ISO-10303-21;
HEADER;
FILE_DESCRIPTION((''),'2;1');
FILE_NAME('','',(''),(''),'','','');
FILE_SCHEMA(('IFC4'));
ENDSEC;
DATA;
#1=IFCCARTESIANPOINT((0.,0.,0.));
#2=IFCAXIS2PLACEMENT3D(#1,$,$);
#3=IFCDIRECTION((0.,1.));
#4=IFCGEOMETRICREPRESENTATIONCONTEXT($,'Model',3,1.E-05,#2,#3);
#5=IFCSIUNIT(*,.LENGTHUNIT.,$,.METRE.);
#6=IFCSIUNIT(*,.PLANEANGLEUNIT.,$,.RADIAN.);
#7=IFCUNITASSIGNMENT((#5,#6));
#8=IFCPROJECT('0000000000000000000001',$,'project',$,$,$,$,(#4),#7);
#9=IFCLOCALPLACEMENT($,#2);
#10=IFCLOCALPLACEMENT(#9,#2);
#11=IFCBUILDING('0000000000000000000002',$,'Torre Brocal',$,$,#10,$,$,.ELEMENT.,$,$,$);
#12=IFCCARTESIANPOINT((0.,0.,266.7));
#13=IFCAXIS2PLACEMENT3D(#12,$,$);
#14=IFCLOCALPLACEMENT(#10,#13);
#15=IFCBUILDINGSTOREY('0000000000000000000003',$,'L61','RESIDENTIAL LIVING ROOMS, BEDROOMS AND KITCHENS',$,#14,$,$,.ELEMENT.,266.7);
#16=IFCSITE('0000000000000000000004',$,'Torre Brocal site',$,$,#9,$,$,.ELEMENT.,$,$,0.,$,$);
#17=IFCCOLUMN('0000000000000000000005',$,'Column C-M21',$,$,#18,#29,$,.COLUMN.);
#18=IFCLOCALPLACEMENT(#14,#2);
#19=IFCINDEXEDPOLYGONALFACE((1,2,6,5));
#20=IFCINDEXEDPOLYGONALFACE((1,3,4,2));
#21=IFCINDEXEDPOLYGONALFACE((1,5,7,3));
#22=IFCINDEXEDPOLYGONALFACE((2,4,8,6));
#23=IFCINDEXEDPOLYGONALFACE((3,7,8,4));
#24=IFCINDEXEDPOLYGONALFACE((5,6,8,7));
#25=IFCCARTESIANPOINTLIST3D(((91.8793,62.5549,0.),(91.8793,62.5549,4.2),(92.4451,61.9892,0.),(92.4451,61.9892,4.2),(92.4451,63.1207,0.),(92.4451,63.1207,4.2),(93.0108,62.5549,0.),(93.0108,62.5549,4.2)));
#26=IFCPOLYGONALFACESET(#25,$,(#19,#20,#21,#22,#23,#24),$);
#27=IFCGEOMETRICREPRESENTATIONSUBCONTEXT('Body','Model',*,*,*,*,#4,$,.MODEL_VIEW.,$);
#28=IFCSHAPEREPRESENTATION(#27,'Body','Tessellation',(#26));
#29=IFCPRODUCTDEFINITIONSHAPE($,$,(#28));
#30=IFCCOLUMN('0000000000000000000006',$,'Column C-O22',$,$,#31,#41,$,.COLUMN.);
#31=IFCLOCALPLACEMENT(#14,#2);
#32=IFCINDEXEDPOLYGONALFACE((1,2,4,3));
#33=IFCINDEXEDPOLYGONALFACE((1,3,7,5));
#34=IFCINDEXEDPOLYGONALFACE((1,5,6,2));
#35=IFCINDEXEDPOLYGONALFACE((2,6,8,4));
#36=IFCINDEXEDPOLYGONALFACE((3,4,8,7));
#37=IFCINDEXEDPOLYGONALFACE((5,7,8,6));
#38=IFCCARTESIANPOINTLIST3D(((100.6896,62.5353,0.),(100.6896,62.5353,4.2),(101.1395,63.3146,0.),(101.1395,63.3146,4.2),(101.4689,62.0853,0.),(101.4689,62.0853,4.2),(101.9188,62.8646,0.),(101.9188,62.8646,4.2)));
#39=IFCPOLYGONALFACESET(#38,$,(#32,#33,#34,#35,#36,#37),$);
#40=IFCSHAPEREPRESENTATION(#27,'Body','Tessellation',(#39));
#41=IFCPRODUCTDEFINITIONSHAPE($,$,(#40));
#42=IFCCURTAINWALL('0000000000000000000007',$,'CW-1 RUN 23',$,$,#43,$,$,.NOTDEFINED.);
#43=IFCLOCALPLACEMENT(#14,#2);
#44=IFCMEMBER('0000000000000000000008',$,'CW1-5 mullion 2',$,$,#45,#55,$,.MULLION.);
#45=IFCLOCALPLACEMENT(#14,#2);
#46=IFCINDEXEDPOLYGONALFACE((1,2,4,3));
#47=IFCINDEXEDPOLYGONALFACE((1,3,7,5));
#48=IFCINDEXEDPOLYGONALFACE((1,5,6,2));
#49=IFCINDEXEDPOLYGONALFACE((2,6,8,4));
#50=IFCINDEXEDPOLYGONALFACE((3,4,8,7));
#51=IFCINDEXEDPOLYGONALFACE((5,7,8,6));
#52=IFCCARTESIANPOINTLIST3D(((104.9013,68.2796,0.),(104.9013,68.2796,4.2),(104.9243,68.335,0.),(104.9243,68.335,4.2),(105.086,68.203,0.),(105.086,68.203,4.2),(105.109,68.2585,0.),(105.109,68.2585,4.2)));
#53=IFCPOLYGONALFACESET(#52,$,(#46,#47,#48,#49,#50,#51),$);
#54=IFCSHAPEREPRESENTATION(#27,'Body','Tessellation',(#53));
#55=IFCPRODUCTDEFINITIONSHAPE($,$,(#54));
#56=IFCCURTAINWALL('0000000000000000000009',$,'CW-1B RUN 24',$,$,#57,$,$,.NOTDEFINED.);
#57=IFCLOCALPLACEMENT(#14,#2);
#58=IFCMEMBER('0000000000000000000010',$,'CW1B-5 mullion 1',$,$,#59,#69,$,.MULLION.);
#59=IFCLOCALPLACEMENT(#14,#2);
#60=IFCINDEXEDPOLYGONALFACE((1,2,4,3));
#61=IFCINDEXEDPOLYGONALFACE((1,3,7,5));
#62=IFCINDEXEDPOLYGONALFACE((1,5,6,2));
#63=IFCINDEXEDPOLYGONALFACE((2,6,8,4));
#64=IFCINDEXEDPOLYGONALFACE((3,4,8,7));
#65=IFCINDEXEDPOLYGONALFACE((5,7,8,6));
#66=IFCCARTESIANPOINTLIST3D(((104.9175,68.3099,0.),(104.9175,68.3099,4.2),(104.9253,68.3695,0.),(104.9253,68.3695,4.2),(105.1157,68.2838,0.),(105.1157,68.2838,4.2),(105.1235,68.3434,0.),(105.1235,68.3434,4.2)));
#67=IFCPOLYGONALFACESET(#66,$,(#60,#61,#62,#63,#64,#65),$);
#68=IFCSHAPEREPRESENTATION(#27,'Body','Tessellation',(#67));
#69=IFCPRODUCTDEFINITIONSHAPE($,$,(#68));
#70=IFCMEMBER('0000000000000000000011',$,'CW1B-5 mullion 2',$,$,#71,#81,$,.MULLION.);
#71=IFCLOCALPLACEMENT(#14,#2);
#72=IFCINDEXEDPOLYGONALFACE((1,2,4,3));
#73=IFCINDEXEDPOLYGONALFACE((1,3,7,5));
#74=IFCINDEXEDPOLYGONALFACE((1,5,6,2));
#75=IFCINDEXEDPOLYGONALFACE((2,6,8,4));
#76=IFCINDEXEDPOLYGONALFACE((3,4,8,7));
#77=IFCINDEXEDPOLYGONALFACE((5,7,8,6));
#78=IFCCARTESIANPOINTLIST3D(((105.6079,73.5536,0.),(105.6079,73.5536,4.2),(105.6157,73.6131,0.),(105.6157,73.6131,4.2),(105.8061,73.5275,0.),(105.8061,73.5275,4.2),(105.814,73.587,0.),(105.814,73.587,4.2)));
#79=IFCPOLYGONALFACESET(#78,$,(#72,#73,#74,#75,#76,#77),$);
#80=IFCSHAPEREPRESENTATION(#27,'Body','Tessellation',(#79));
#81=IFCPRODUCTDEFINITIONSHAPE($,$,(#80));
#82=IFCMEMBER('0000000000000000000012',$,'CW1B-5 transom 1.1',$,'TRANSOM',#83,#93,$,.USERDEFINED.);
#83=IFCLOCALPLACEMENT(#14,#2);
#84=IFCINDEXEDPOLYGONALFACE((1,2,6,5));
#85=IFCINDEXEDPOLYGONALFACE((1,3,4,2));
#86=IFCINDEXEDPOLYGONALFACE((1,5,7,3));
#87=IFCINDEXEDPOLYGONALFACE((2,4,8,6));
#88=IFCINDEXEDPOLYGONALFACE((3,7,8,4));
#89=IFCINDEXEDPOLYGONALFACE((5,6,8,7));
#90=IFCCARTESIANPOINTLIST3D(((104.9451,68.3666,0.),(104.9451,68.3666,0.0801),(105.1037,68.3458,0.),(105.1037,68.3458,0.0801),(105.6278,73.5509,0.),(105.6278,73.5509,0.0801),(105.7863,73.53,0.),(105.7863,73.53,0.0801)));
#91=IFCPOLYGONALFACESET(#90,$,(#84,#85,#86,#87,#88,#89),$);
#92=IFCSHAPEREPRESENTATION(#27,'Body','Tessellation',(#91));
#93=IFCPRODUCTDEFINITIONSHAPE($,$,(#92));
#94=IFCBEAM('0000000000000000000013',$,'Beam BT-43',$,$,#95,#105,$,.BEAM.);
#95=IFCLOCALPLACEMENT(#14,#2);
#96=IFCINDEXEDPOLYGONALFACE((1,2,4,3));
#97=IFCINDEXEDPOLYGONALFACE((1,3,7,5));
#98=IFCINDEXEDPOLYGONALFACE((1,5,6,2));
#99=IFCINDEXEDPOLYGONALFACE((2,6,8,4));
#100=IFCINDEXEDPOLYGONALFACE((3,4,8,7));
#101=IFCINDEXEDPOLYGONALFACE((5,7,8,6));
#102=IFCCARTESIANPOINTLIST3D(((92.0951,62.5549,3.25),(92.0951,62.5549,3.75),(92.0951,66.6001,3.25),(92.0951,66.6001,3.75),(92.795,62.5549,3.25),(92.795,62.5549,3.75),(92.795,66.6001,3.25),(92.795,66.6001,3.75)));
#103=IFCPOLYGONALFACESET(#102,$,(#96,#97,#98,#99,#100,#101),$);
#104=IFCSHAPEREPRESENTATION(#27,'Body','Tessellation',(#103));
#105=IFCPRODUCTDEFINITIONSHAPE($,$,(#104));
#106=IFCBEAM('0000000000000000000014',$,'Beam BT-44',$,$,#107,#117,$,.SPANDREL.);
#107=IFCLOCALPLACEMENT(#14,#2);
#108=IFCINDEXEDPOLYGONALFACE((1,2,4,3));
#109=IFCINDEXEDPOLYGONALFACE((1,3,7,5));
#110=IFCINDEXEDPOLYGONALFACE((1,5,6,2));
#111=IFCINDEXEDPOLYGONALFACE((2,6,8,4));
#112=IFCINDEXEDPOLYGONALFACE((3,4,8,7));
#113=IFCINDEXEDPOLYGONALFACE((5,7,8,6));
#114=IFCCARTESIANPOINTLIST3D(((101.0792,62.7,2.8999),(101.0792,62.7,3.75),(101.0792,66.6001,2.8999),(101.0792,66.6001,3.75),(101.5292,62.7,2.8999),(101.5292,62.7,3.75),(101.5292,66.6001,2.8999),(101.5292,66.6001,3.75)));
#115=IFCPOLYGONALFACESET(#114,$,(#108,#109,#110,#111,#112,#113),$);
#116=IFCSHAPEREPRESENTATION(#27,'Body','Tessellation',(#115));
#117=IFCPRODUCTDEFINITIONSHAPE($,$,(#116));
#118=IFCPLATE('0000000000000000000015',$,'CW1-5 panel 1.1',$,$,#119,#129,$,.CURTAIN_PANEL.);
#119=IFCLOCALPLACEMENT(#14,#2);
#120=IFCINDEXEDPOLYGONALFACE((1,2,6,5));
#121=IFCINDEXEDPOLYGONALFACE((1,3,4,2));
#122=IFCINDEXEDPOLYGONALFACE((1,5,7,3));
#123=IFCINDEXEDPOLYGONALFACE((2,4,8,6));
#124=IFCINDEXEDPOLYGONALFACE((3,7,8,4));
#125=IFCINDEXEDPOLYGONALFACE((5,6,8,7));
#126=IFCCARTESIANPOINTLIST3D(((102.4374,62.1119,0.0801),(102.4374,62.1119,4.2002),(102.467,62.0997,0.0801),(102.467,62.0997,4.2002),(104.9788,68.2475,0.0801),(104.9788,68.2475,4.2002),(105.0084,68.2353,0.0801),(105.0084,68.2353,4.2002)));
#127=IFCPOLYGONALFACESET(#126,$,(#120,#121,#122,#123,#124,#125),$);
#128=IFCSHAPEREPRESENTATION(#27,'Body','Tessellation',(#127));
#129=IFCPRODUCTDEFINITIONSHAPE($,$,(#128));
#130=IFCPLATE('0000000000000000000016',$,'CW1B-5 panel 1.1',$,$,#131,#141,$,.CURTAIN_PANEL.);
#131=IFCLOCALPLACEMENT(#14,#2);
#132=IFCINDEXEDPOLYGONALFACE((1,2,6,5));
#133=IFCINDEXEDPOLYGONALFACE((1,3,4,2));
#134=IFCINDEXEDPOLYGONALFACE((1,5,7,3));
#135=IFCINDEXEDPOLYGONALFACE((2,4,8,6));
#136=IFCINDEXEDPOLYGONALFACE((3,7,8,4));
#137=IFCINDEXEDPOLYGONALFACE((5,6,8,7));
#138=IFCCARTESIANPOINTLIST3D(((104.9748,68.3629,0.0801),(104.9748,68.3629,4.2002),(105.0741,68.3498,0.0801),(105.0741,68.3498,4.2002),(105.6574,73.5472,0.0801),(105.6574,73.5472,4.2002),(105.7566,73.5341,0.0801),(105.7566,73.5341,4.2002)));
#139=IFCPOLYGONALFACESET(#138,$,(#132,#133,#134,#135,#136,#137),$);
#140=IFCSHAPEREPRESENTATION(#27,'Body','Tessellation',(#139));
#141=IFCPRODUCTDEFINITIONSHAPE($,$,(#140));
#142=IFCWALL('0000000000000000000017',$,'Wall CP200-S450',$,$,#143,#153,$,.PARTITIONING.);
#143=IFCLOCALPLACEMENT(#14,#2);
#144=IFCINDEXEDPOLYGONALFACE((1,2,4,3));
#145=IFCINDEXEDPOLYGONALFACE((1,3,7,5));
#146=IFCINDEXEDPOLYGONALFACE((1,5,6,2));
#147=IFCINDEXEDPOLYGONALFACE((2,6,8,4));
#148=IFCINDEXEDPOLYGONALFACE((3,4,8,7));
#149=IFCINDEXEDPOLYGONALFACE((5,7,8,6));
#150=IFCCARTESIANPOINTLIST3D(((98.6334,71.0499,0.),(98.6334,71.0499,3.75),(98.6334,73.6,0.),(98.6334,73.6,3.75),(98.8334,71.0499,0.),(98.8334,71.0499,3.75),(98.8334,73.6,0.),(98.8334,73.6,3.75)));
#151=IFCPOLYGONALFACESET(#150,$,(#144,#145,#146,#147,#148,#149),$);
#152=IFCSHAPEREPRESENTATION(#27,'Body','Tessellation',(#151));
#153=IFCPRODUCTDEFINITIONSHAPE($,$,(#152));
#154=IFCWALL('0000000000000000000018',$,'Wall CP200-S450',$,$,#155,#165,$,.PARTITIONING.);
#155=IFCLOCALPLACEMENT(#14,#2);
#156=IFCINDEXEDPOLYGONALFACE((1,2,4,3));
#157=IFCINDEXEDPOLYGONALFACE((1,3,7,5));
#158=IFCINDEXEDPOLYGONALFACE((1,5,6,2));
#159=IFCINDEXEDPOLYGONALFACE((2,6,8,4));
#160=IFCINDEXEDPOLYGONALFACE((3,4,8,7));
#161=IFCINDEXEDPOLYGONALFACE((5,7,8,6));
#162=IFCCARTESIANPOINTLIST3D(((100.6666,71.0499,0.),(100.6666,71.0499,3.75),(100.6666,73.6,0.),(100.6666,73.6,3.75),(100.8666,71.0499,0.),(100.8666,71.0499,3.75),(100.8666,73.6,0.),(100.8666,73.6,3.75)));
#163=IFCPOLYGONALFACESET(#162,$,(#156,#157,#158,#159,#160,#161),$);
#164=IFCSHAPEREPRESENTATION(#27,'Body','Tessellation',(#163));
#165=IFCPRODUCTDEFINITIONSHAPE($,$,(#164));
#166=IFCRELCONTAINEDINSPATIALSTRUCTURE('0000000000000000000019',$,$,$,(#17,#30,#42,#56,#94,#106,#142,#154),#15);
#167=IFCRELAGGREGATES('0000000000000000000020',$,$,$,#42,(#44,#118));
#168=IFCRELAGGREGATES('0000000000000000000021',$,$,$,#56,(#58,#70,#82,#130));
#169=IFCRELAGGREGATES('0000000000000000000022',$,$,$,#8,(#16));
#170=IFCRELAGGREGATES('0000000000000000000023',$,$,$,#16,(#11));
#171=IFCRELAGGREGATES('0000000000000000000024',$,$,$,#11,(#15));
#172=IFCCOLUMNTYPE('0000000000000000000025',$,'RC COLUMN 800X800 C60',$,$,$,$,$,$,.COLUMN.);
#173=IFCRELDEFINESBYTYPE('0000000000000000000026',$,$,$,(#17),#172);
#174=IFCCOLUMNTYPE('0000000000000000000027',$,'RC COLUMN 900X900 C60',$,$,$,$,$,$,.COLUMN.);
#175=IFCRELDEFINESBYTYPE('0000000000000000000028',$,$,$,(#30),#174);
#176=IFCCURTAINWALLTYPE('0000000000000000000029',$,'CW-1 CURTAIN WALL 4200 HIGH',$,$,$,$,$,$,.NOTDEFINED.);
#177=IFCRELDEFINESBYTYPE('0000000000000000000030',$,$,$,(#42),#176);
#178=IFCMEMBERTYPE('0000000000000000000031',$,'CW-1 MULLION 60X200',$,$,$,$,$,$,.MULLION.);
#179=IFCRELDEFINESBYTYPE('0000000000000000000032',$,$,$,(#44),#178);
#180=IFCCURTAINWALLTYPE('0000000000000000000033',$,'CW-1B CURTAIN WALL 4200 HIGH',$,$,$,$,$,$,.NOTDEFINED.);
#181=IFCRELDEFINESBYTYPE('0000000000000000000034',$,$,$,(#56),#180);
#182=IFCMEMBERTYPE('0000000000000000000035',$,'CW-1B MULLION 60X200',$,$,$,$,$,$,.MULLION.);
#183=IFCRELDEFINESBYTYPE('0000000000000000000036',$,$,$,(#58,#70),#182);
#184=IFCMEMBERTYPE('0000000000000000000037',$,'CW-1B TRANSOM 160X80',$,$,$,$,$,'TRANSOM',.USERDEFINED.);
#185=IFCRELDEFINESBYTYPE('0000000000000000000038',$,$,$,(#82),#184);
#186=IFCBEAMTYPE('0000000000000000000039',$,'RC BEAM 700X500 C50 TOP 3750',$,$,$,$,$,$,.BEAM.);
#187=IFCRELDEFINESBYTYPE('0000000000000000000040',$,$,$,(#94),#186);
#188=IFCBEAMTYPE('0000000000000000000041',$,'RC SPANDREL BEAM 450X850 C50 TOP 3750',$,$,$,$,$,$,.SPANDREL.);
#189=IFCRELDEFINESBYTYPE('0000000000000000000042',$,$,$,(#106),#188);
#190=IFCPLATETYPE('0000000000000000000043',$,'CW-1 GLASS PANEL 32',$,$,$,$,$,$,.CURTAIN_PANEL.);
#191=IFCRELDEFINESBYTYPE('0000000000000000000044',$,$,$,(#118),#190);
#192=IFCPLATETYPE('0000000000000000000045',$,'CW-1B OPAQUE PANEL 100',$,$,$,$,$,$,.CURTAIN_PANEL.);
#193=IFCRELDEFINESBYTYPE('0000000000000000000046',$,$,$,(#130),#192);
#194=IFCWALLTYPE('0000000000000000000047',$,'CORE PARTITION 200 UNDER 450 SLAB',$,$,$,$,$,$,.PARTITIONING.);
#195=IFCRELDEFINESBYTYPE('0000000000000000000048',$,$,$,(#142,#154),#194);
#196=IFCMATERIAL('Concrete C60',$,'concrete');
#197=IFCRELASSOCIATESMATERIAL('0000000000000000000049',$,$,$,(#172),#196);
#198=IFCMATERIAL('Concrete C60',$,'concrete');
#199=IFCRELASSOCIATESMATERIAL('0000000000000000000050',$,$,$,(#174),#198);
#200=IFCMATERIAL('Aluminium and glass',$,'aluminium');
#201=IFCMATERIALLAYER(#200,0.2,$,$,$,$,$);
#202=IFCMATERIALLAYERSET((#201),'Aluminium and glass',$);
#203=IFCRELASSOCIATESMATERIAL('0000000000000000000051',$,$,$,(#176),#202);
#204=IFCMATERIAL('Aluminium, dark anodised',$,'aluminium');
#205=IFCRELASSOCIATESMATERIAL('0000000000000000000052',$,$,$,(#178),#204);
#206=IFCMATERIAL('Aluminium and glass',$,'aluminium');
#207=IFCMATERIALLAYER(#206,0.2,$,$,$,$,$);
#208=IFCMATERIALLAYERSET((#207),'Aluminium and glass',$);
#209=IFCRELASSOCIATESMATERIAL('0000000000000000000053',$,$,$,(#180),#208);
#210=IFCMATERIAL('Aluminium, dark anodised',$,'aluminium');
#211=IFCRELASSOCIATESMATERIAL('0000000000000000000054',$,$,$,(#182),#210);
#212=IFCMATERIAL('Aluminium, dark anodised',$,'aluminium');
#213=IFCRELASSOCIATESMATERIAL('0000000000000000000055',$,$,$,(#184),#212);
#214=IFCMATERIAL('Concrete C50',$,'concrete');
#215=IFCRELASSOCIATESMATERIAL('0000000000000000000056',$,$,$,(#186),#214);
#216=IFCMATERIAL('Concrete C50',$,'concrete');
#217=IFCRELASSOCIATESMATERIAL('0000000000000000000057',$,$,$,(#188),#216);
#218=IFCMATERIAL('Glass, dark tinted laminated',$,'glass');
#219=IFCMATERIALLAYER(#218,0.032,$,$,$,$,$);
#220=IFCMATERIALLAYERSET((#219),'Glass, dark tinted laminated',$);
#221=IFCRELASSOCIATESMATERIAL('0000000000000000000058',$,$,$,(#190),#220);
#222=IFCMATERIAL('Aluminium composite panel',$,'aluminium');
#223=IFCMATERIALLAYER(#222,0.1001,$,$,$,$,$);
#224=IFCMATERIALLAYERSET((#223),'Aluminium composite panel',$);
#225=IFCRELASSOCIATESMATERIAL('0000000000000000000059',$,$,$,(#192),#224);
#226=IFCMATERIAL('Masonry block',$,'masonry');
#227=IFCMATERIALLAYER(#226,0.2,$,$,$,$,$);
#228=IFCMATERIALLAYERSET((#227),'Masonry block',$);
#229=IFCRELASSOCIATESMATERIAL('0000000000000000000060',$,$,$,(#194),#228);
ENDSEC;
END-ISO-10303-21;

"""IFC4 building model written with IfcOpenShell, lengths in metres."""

from ifc_helpers import new_model, si_unit, direction, frame, frame_2d, origin, origin_2d, place, context, subcontext, project, spatial, rectangle, extrude, material, layer, layer_set, material_profile, profile_set, type_object, element, aggregate, save


model = new_model("IFC4")

# Units and contexts
model_context = context("Model", 3, precision=1e-05, world=origin(), true_north=direction((0.0, 1.0)))
body_context = subcontext(model_context, "Body", "Model", "MODEL_VIEW")
ifc_project = project(units=[si_unit("LENGTHUNIT", "METRE"), si_unit("PLANEANGLEUNIT", "RADIAN")], contexts=[model_context])

# Site, building, storey
site_placement = place(None, origin())
site = spatial("IfcSite", under=ifc_project, at=site_placement, Name="Torre Brocal site", CompositionType="ELEMENT", RefElevation=0.0)
building_placement = place(site_placement, origin())
building = spatial("IfcBuilding", under=site, at=building_placement, Name="Torre Brocal", CompositionType="ELEMENT")
storey_placement = place(building_placement, frame((0.0, 0.0, 266.7)))
storey = spatial("IfcBuildingStorey", under=building, at=storey_placement, Name="L61", Description="RESIDENTIAL LIVING ROOMS, BEDROOMS AND KITCHENS", CompositionType="ELEMENT", Elevation=266.7)

# Columns
ifc_material_1 = material(Name="Concrete C60", Category="concrete")
ifc_material_profile_1 = material_profile(ifc_material_1, rectangle(XDim=0.8, YDim=0.8, at=origin_2d()), Name="RC 800X800")
ifc_profile_set_1 = profile_set([ifc_material_profile_1], Name="Concrete C60")
column_type_1 = type_object("IfcColumnType", Name="RC COLUMN 800X800 C60", PredefinedType="COLUMN", material=ifc_profile_set_1)
column_1_placement = place(storey_placement, frame((92.4451, 62.5549, 0.0), z_axis=(0.0, 0.0, 1.0), x_axis=(0.707107, -0.707107, 0.0)))
element("IfcColumn", 1, at=column_1_placement, inside=storey, type_object=column_type_1, Name="Column C-M21", PredefinedType="COLUMN", context=body_context, shape_type="SweptSolid", body=[
    extrude(rectangle(XDim=0.8, YDim=0.8, at=origin_2d()), origin(), (0.0, 0.0, 1.0), 4.2),
])
ifc_material_2 = material(Name="Concrete C60", Category="concrete")
ifc_material_profile_2 = material_profile(ifc_material_2, rectangle(XDim=0.8999, YDim=0.8999, at=origin_2d()), Name="RC 900X900")
ifc_profile_set_2 = profile_set([ifc_material_profile_2], Name="Concrete C60")
column_type_2 = type_object("IfcColumnType", Name="RC COLUMN 900X900 C60", PredefinedType="COLUMN", material=ifc_profile_set_2)
column_2_placement = place(storey_placement, frame((101.3042, 62.7, 0.0), z_axis=(0.0, 0.0, 1.0), x_axis=(0.866025, -0.5, 0.0)))
element("IfcColumn", 2, at=column_2_placement, inside=storey, type_object=column_type_2, Name="Column C-O22", PredefinedType="COLUMN", context=body_context, shape_type="SweptSolid", body=[
    extrude(rectangle(XDim=0.8999, YDim=0.8999, at=origin_2d()), origin(), (0.0, 0.0, 1.0), 4.2),
])

# Curtain wall, member
ifc_material_3 = material(Name="Aluminium and glass", Category="aluminium")
ifc_layer_1 = layer(ifc_material_3, 0.2)
ifc_layer_set_1 = layer_set([ifc_layer_1], Name="Aluminium and glass")
curtain_wall_type_1 = type_object("IfcCurtainWallType", Name="CW-1 CURTAIN WALL 4200 HIGH", PredefinedType="NOTDEFINED", material=ifc_layer_set_1)
curtain_wall_1_placement = place(storey_placement, origin())
curtain_wall_1 = element("IfcCurtainWall", 3, at=curtain_wall_1_placement, inside=storey, type_object=curtain_wall_type_1, Name="CW-1 RUN 23", PredefinedType="NOTDEFINED")
ifc_material_4 = material(Name="Aluminium, dark anodised", Category="aluminium")
ifc_material_profile_3 = material_profile(ifc_material_4, rectangle(XDim=0.2, YDim=0.0601, at=origin_2d()), Name="CW-1 MULLION 60X200")
ifc_profile_set_3 = profile_set([ifc_material_profile_3], Name="Aluminium, dark anodised")
member_type_1 = type_object("IfcMemberType", Name="CW-1 MULLION 60X200", PredefinedType="MULLION", material=ifc_profile_set_3)
member_1_placement = place(storey_placement, frame((105.0051, 68.269, 0.0), z_axis=(0.0, 0.0, 1.0), x_axis=(-0.92388, 0.382683, 0.0)))
member_1 = element("IfcMember", 4, at=member_1_placement, type_object=member_type_1, Name="CW1-5 mullion 2", PredefinedType="MULLION", context=body_context, shape_type="SweptSolid", body=[
    extrude(rectangle(XDim=0.2, YDim=0.0601, at=origin_2d()), origin(), (0.0, 0.0, 1.0), 4.2),
])

# Curtain wall, members
ifc_material_5 = material(Name="Aluminium and glass", Category="aluminium")
ifc_layer_2 = layer(ifc_material_5, 0.2)
ifc_layer_set_2 = layer_set([ifc_layer_2], Name="Aluminium and glass")
curtain_wall_type_2 = type_object("IfcCurtainWallType", Name="CW-1B CURTAIN WALL 4200 HIGH", PredefinedType="NOTDEFINED", material=ifc_layer_set_2)
curtain_wall_2_placement = place(storey_placement, origin())
curtain_wall_2 = element("IfcCurtainWall", 5, at=curtain_wall_2_placement, inside=storey, type_object=curtain_wall_type_2, Name="CW-1B RUN 24", PredefinedType="NOTDEFINED")
ifc_material_6 = material(Name="Aluminium, dark anodised", Category="aluminium")
ifc_material_profile_4 = material_profile(ifc_material_6, rectangle(XDim=0.2, YDim=0.0601, at=origin_2d()), Name="CW-1B MULLION 60X200")
ifc_profile_set_4 = profile_set([ifc_material_profile_4], Name="Aluminium, dark anodised")
member_type_2 = type_object("IfcMemberType", Name="CW-1B MULLION 60X200", PredefinedType="MULLION", material=ifc_profile_set_4)
member_2_placement = place(storey_placement, frame((105.0205, 68.3267, 0.0), z_axis=(0.0, 0.0, 1.0), x_axis=(-0.991445, 0.130526, 0.0)))
member_2 = element("IfcMember", 6, at=member_2_placement, type_object=member_type_2, Name="CW1B-5 mullion 1", PredefinedType="MULLION", context=body_context, shape_type="SweptSolid", body=[
    extrude(rectangle(XDim=0.2, YDim=0.0601, at=origin_2d()), origin(), (0.0, 0.0, 1.0), 4.2),
])
member_3_placement = place(storey_placement, frame((105.7109, 73.5703, 0.0), z_axis=(0.0, 0.0, 1.0), x_axis=(-0.991445, 0.130526, 0.0)))
member_3 = element("IfcMember", 7, at=member_3_placement, type_object=member_type_2, Name="CW1B-5 mullion 2", PredefinedType="MULLION", context=body_context, shape_type="SweptSolid", body=[
    extrude(rectangle(XDim=0.2, YDim=0.0601, at=origin_2d()), origin(), (0.0, 0.0, 1.0), 4.2),
])
ifc_material_7 = material(Name="Aluminium, dark anodised", Category="aluminium")
ifc_material_profile_5 = material_profile(ifc_material_7, rectangle(XDim=0.1599, YDim=0.0801, at=origin_2d()), Name="CW-1B TRANSOM 160X80")
ifc_profile_set_5 = profile_set([ifc_material_profile_5], Name="Aluminium, dark anodised")
member_type_3 = type_object("IfcMemberType", Name="CW-1B TRANSOM 160X80", ElementType="TRANSOM", PredefinedType="USERDEFINED", material=ifc_profile_set_5)
member_4_placement = place(storey_placement, frame((105.0244, 68.3562, 0.04), z_axis=(0.130543, 0.991443, 0.0), x_axis=(-0.991443, 0.130543, 0.0)))
member_4 = element("IfcMember", 8, at=member_4_placement, type_object=member_type_3, Name="CW1B-5 transom 1.1", ObjectType="TRANSOM", PredefinedType="USERDEFINED", context=body_context, shape_type="SweptSolid", body=[
    extrude(rectangle(XDim=0.1599, YDim=0.0801, at=origin_2d()), origin(), (0.0, 0.0, 1.0), 5.229),
])

# Beams
ifc_material_8 = material(Name="Concrete C50", Category="concrete")
ifc_material_profile_6 = material_profile(ifc_material_8, rectangle(XDim=0.7, YDim=0.5, at=origin_2d()), Name="RC 700X500")
ifc_profile_set_6 = profile_set([ifc_material_profile_6], Name="Concrete C50")
beam_type_1 = type_object("IfcBeamType", Name="RC BEAM 700X500 C50 TOP 3750", PredefinedType="BEAM", material=ifc_profile_set_6)
beam_1_placement = place(storey_placement, frame((92.4451, 62.5549, 3.5), z_axis=(0.0, 1.0, 0.0), x_axis=(-1.0, 0.0, 0.0)))
element("IfcBeam", 9, at=beam_1_placement, inside=storey, type_object=beam_type_1, Name="Beam BT-43", PredefinedType="BEAM", context=body_context, shape_type="SweptSolid", body=[
    extrude(rectangle(XDim=0.7, YDim=0.5, at=origin_2d()), origin(), (0.0, 0.0, 1.0), 4.0452),
])
ifc_material_9 = material(Name="Concrete C50", Category="concrete")
ifc_material_profile_7 = material_profile(ifc_material_9, rectangle(XDim=0.45, YDim=0.8501, at=origin_2d()), Name="RC 450X850")
ifc_profile_set_7 = profile_set([ifc_material_profile_7], Name="Concrete C50")
beam_type_2 = type_object("IfcBeamType", Name="RC SPANDREL BEAM 450X850 C50 TOP 3750", PredefinedType="SPANDREL", material=ifc_profile_set_7)
beam_2_placement = place(storey_placement, frame((101.3042, 62.7, 3.325), z_axis=(0.0, 1.0, 0.0), x_axis=(-1.0, 0.0, 0.0)))
element("IfcBeam", 10, at=beam_2_placement, inside=storey, type_object=beam_type_2, Name="Beam BT-44", PredefinedType="SPANDREL", context=body_context, shape_type="SweptSolid", body=[
    extrude(rectangle(XDim=0.45, YDim=0.8501, at=origin_2d()), origin(), (0.0, 0.0, 1.0), 3.9001),
])

# Plates
ifc_material_10 = material(Name="Glass, dark tinted laminated", Category="glass")
ifc_layer_3 = layer(ifc_material_10, 0.032)
ifc_layer_set_3 = layer_set([ifc_layer_3], Name="Glass, dark tinted laminated")
plate_type_1 = type_object("IfcPlateType", Name="CW-1 GLASS PANEL 32", PredefinedType="CURTAIN_PANEL", material=ifc_layer_set_3)
plate_1_placement = place(storey_placement, frame((103.7229, 65.1736, 0.0801), z_axis=(0.0, 0.0, 1.0), x_axis=(0.382683, 0.92388, 0.0)))
plate_1 = element("IfcPlate", 11, at=plate_1_placement, type_object=plate_type_1, Name="CW1-5 panel 1.1", PredefinedType="CURTAIN_PANEL", context=body_context, shape_type="SweptSolid", body=[
    extrude(rectangle(XDim=6.6411, YDim=0.032, at=origin_2d()), origin(), (0.0, 0.0, 1.0), 4.1201),
])
aggregate(curtain_wall_1, [member_1, plate_1])
ifc_material_11 = material(Name="Aluminium composite panel", Category="aluminium")
ifc_layer_4 = layer(ifc_material_11, 0.1001)
ifc_layer_set_4 = layer_set([ifc_layer_4], Name="Aluminium composite panel")
plate_type_2 = type_object("IfcPlateType", Name="CW-1B OPAQUE PANEL 100", PredefinedType="CURTAIN_PANEL", material=ifc_layer_set_4)
plate_2_placement = place(storey_placement, frame((105.3657, 70.9485, 0.0801), z_axis=(0.0, 0.0, 1.0), x_axis=(0.130526, 0.991445, 0.0)))
plate_2 = element("IfcPlate", 12, at=plate_2_placement, type_object=plate_type_2, Name="CW1B-5 panel 1.1", PredefinedType="CURTAIN_PANEL", context=body_context, shape_type="SweptSolid", body=[
    extrude(rectangle(XDim=5.229, YDim=0.1001, at=origin_2d()), origin(), (0.0, 0.0, 1.0), 4.1201),
])
aggregate(curtain_wall_2, [member_2, member_3, member_4, plate_2])

# Walls
ifc_material_12 = material(Name="Masonry block", Category="masonry")
ifc_layer_5 = layer(ifc_material_12, 0.2)
ifc_layer_set_5 = layer_set([ifc_layer_5], Name="Masonry block")
wall_type_1 = type_object("IfcWallType", Name="CORE PARTITION 200 UNDER 450 SLAB", PredefinedType="PARTITIONING", material=ifc_layer_set_5)
for number, where, z_axis, x_axis, name in (
    (13, (98.7334, 71.05, 0.0), (0.0, 0.0, 1.0), (0.0, 1.0, 0.0), "Wall CP200-S450"),
    (14, (100.7666, 71.05, 0.0), (0.0, 0.0, 1.0), (0.0, 1.0, 0.0), "Wall CP200-S450"),
):
    element("IfcWall", number, at=place(storey_placement, frame(where, z_axis=z_axis, x_axis=x_axis)), inside=storey, type_object=wall_type_1, Name=name, PredefinedType="PARTITIONING", context=body_context, shape_type="SweptSolid", body=[
        extrude(rectangle(XDim=2.55, YDim=0.2, at=frame_2d((1.2749, 0.0))), origin(), (0.0, 0.0, 1.0), 3.75),
    ])

save(model, "model.ifc")
